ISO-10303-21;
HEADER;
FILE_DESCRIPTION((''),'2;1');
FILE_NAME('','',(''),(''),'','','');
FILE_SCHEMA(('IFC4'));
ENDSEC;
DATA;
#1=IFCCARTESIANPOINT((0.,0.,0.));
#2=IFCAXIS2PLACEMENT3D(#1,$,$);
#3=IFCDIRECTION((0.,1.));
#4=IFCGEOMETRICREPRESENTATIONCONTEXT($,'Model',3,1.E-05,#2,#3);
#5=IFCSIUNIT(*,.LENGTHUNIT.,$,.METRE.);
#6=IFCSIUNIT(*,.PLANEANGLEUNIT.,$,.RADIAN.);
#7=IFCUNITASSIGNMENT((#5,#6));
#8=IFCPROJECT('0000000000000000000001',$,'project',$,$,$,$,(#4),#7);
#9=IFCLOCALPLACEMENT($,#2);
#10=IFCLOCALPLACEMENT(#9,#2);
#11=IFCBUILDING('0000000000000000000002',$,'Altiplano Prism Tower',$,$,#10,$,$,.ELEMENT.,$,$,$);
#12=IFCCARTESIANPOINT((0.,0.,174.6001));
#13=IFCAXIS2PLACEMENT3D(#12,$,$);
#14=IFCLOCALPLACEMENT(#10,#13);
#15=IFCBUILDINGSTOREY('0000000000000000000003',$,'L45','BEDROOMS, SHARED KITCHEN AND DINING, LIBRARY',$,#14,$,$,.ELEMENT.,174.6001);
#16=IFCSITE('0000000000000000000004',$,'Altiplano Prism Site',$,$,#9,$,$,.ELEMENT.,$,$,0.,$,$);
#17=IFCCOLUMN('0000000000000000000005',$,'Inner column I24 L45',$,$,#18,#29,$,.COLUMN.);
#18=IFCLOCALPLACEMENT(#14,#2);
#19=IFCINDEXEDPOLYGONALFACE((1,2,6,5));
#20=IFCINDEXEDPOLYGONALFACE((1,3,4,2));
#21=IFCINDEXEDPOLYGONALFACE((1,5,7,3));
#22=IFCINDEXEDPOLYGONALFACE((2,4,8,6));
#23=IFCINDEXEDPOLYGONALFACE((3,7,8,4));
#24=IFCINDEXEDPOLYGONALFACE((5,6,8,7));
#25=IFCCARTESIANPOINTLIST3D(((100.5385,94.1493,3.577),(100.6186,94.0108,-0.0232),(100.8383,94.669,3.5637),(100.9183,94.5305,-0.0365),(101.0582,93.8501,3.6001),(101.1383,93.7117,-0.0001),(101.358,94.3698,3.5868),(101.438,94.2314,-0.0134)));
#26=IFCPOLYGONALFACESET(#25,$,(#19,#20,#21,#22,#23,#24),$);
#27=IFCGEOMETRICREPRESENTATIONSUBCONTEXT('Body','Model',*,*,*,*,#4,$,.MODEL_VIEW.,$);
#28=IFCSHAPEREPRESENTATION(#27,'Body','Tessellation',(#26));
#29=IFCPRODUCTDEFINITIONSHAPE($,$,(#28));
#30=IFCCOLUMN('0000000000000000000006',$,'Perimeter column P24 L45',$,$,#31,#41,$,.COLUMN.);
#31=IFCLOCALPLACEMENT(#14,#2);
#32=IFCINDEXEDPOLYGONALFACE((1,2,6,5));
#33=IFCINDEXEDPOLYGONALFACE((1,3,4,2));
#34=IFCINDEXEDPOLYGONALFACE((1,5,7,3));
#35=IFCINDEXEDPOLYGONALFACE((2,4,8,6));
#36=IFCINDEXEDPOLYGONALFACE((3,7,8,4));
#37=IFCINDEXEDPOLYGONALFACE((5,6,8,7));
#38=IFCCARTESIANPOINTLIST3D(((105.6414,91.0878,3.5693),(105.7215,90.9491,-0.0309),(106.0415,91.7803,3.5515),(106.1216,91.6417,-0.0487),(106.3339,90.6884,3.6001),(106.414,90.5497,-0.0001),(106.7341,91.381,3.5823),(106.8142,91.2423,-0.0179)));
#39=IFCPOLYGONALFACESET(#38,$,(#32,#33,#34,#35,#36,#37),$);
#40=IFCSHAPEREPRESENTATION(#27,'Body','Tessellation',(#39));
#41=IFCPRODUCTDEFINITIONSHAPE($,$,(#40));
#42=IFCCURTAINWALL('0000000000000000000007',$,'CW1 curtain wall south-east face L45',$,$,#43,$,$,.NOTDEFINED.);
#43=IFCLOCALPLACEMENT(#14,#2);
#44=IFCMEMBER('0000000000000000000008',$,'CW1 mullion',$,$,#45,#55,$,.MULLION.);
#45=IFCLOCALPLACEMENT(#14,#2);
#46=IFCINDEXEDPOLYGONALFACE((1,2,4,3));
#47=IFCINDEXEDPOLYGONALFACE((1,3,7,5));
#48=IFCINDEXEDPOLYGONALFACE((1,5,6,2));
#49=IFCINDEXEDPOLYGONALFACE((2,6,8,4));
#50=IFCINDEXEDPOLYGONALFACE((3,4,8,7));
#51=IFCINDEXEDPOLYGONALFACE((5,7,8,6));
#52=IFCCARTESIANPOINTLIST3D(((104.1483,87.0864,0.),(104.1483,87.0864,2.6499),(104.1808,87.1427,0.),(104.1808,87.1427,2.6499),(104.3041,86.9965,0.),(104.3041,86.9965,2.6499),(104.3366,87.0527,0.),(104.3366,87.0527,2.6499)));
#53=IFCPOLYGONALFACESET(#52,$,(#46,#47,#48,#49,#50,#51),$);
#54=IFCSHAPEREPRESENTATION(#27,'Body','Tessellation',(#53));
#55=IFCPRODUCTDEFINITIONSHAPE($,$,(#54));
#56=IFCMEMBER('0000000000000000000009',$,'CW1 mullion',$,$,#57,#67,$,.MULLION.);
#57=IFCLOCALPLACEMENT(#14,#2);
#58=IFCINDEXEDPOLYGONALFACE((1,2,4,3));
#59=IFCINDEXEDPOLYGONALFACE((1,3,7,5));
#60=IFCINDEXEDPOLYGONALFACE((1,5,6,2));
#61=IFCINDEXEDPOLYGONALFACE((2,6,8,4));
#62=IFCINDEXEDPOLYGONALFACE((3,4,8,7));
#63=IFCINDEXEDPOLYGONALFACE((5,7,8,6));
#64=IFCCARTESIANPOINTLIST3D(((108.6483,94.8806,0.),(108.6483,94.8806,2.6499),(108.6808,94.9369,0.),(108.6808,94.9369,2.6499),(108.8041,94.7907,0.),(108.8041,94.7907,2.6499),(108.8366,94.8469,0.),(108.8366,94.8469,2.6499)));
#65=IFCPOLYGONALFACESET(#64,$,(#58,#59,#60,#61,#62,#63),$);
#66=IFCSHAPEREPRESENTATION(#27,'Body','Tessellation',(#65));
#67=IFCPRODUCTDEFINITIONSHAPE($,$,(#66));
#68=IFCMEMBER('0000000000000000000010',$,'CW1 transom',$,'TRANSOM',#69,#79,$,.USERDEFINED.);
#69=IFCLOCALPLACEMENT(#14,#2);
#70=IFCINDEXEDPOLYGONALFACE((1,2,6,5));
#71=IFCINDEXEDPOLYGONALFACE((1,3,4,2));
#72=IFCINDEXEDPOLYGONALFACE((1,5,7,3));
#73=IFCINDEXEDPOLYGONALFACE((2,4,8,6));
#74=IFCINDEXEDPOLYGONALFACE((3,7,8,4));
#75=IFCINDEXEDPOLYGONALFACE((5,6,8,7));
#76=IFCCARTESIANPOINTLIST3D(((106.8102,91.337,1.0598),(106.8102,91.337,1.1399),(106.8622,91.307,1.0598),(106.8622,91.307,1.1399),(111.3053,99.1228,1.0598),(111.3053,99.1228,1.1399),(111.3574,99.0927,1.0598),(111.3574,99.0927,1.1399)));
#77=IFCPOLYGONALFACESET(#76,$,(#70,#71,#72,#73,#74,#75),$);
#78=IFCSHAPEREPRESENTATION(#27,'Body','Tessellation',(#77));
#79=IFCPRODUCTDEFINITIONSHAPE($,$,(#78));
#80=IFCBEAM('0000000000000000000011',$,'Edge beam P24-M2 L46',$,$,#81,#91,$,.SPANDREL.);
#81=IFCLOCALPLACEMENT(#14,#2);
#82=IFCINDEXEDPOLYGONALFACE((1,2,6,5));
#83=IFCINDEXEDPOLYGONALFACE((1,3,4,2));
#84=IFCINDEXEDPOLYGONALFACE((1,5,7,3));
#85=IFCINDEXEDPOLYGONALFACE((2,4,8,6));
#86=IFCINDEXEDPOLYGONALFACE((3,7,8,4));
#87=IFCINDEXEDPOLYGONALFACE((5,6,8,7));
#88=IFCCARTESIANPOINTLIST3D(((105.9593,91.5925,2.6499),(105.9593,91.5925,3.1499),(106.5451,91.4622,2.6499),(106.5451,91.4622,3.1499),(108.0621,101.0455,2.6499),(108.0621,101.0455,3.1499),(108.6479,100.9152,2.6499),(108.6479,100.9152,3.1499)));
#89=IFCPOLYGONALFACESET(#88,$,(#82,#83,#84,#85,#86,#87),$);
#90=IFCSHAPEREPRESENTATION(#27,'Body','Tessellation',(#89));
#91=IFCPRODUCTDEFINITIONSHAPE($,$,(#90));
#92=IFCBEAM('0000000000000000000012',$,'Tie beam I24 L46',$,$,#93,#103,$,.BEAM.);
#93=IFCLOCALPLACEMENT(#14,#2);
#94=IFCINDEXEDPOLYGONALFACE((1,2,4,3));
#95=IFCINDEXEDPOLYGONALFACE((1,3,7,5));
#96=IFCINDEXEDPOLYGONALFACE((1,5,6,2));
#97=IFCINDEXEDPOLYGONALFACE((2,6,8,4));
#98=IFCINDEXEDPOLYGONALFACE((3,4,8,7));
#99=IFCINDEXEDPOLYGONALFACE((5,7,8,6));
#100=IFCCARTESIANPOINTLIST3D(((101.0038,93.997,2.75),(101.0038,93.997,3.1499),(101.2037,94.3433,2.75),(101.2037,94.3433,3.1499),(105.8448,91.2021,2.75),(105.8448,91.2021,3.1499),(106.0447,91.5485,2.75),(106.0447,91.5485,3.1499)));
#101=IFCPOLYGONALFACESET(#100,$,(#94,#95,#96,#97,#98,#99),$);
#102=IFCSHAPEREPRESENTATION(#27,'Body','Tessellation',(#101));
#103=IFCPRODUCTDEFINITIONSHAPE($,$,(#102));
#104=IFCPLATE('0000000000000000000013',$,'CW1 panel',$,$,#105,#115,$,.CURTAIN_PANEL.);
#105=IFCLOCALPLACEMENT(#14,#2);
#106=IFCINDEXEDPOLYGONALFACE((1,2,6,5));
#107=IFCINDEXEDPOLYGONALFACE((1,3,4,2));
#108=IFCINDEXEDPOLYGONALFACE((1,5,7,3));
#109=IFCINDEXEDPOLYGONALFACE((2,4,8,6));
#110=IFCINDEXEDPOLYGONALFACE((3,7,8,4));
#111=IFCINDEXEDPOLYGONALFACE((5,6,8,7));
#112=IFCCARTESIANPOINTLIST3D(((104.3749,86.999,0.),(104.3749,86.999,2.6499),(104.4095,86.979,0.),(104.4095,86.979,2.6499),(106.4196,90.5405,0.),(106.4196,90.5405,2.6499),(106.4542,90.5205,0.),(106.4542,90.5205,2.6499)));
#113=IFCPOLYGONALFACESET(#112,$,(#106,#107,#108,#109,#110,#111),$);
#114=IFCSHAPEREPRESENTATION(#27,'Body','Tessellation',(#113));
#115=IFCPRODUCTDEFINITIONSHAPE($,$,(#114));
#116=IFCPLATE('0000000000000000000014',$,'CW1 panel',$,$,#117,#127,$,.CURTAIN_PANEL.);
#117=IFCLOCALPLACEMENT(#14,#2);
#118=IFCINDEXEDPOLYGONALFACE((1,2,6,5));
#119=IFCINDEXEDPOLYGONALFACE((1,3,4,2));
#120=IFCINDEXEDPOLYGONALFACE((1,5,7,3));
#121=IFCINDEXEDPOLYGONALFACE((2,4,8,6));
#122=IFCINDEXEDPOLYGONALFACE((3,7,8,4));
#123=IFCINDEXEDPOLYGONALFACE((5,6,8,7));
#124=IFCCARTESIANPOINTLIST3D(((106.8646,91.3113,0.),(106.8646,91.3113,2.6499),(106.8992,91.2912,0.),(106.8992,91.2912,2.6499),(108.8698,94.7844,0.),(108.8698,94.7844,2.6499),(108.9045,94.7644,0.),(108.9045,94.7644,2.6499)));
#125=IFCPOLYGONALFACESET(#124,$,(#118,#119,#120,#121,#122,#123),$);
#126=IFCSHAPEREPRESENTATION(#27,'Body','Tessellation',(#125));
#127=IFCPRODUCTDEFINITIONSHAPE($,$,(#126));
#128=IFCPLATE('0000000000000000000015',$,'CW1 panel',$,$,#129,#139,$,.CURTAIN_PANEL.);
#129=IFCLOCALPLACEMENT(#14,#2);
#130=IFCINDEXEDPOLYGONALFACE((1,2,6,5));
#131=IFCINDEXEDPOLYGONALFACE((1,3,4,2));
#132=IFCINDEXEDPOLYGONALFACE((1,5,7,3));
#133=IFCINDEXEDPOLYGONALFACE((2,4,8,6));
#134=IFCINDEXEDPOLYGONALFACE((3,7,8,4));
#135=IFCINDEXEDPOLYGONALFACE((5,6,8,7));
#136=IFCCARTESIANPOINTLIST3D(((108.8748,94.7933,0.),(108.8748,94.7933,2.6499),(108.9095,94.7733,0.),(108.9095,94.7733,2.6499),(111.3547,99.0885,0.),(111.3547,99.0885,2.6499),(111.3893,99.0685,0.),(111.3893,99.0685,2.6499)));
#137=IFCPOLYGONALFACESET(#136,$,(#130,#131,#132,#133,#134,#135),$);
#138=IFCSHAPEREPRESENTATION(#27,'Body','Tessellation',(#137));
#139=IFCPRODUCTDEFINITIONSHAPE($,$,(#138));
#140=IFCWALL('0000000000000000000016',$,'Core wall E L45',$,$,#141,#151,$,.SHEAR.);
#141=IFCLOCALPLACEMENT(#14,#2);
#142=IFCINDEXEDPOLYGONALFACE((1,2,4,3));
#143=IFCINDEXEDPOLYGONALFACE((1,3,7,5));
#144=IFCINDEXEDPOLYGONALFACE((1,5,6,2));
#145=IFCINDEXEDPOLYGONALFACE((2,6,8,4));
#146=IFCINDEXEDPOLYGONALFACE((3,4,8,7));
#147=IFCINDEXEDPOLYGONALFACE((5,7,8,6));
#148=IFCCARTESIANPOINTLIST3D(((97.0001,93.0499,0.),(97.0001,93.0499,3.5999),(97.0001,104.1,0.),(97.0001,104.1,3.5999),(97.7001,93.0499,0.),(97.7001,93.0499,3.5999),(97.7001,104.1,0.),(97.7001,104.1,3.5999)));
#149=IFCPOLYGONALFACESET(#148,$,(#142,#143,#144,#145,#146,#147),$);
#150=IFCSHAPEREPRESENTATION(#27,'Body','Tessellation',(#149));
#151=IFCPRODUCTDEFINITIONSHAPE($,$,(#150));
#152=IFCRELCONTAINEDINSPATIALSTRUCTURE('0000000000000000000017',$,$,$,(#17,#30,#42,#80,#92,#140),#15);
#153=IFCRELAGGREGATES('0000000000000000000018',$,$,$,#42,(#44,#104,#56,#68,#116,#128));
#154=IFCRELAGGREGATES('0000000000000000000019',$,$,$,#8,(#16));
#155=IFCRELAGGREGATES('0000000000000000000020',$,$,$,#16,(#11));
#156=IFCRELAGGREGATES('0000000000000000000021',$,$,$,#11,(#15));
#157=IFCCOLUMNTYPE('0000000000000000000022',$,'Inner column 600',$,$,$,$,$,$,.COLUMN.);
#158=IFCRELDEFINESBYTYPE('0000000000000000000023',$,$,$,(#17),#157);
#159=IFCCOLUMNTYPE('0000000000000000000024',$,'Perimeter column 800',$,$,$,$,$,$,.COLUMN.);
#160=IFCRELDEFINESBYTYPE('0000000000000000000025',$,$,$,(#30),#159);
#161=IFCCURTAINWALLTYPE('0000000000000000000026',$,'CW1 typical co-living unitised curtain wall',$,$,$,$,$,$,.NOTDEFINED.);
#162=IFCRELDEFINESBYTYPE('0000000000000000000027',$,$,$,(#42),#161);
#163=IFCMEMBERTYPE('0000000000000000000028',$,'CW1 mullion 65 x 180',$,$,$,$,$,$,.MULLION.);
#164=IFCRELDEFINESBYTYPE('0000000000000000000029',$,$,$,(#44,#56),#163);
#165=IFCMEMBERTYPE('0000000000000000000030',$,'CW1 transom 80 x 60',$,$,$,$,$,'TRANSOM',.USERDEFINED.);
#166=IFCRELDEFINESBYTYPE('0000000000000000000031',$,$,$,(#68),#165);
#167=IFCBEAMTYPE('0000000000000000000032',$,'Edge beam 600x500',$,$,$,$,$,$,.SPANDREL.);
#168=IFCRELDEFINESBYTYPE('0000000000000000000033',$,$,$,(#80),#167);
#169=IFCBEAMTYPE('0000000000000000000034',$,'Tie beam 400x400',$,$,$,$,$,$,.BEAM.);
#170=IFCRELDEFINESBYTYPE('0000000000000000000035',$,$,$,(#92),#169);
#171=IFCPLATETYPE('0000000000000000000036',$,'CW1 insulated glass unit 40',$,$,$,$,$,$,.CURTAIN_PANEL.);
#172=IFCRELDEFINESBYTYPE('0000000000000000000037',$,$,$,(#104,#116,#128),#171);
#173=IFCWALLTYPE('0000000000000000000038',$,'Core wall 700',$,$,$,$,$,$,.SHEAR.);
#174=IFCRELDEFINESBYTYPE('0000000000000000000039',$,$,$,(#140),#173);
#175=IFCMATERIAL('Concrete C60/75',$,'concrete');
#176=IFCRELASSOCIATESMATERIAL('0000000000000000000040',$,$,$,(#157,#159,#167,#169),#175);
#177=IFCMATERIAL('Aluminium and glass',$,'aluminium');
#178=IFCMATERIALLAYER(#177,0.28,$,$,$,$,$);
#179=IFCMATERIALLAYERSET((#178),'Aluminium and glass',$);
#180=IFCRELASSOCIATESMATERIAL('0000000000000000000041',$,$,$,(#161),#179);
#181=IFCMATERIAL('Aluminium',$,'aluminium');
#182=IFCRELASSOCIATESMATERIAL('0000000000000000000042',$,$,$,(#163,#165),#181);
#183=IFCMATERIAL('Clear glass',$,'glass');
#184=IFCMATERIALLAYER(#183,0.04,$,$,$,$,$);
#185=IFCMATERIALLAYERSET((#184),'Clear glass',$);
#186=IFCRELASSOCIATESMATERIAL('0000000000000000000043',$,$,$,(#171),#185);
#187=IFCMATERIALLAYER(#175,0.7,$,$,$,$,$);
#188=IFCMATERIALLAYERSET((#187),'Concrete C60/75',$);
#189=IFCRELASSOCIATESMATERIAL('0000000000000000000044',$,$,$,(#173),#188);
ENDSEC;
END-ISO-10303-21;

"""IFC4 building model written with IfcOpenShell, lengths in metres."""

from ifc_helpers import new_model, si_unit, direction, frame, frame_2d, origin, origin_2d, place, context, subcontext, project, spatial, rectangle, extrude, material, layer, layer_set, material_profile, profile_set, type_object, element, aggregate, save


model = new_model("IFC4")

# Units and contexts
model_context = context("Model", 3, precision=1e-05, world=origin(), true_north=direction((0.0, 1.0)))
body_context = subcontext(model_context, "Body", "Model", "MODEL_VIEW")
ifc_project = project(units=[si_unit("LENGTHUNIT", "METRE"), si_unit("PLANEANGLEUNIT", "RADIAN")], contexts=[model_context])

# Site, building, storey
site_placement = place(None, origin())
site = spatial("IfcSite", under=ifc_project, at=site_placement, Name="Altiplano Prism Site", CompositionType="ELEMENT", RefElevation=0.0)
building_placement = place(site_placement, origin())
building = spatial("IfcBuilding", under=site, at=building_placement, Name="Altiplano Prism Tower", CompositionType="ELEMENT")
storey_placement = place(building_placement, frame((0.0, 0.0, 174.6001)))
storey = spatial("IfcBuildingStorey", under=building, at=storey_placement, Name="L45", Description="BEDROOMS, SHARED KITCHEN AND DINING, LIBRARY", CompositionType="ELEMENT", Elevation=174.6001)

# Columns
ifc_material_1 = material(Name="Concrete C60/75", Category="concrete")
ifc_material_profile_1 = material_profile(ifc_material_1, rectangle(XDim=0.6001, YDim=0.6001, at=origin_2d()), Name="Inner column 600")
ifc_profile_set_1 = profile_set([ifc_material_profile_1], Name="Concrete C60/75")
column_type_1 = type_object("IfcColumnType", Name="Inner column 600", PredefinedType="COLUMN", material=ifc_profile_set_1)
column_1_placement = place(storey_placement, frame((101.0283, 94.1211, -0.0183), z_axis=(-0.022221, 0.038413, 0.999015), x_axis=(-0.499506, -0.866026, 0.022189)))
element("IfcColumn", 1, at=column_1_placement, inside=storey, type_object=column_type_1, Name="Inner column I24 L45", PredefinedType="COLUMN", context=body_context, shape_type="SweptSolid", body=[
    extrude(rectangle(XDim=0.6001, YDim=0.6001, at=origin_2d()), origin(), (0.0, 0.0, 1.0), 3.6038),
])
ifc_material_profile_2 = material_profile(ifc_material_1, rectangle(XDim=0.8, YDim=0.8, at=origin_2d()), Name="Perimeter column 800")
ifc_profile_set_2 = profile_set([ifc_material_profile_2], Name="Concrete C60/75")
column_type_2 = type_object("IfcColumnType", Name="Perimeter column 800", PredefinedType="COLUMN", material=ifc_profile_set_2)
column_2_placement = place(storey_placement, frame((106.2678, 91.0957, -0.0244), z_axis=(-0.022221, 0.038481, 0.999012), x_axis=(-0.500167, -0.865644, 0.022218)))
element("IfcColumn", 2, at=column_2_placement, inside=storey, type_object=column_type_2, Name="Perimeter column P24 L45", PredefinedType="COLUMN", context=body_context, shape_type="SweptSolid", body=[
    extrude(rectangle(XDim=0.8, YDim=0.8, at=origin_2d()), origin(), (0.0, 0.0, 1.0), 3.6038),
])

# Curtain wall, members
ifc_material_2 = material(Name="Aluminium and glass", Category="aluminium")
ifc_layer_1 = layer(ifc_material_2, 0.28)
ifc_layer_set_1 = layer_set([ifc_layer_1], Name="Aluminium and glass")
curtain_wall_type = type_object("IfcCurtainWallType", Name="CW1 typical co-living unitised curtain wall", PredefinedType="NOTDEFINED", material=ifc_layer_set_1)
curtain_wall_placement = place(storey_placement, origin())
curtain_wall = element("IfcCurtainWall", 3, at=curtain_wall_placement, inside=storey, type_object=curtain_wall_type, Name="CW1 curtain wall south-east face L45", PredefinedType="NOTDEFINED")
ifc_material_3 = material(Name="Aluminium", Category="aluminium")
ifc_material_profile_3 = material_profile(ifc_material_3, rectangle(XDim=0.1799, YDim=0.0649, at=origin_2d()), Name="CW1 mullion 65 x 180")
ifc_profile_set_3 = profile_set([ifc_material_profile_3], Name="Aluminium")
member_type_1 = type_object("IfcMemberType", Name="CW1 mullion 65 x 180", PredefinedType="MULLION", material=ifc_profile_set_3)
member_1_placement = place(storey_placement, frame((104.2424, 87.0696, 0.0), z_axis=(0.0, 0.0, 1.0), x_axis=(-0.866025, 0.5, 0.0)))
member_1 = element("IfcMember", 4, at=member_1_placement, type_object=member_type_1, Name="CW1 mullion", PredefinedType="MULLION", context=body_context, shape_type="SweptSolid", body=[
    extrude(rectangle(XDim=0.1799, YDim=0.0649, at=origin_2d()), origin(), (0.0, 0.0, 1.0), 2.6499),
])
member_2_placement = place(storey_placement, frame((108.7424, 94.8638, 0.0), z_axis=(0.0, 0.0, 1.0), x_axis=(-0.866025, 0.5, 0.0)))
member_2 = element("IfcMember", 5, at=member_2_placement, type_object=member_type_1, Name="CW1 mullion", PredefinedType="MULLION", context=body_context, shape_type="SweptSolid", body=[
    extrude(rectangle(XDim=0.1799, YDim=0.0649, at=origin_2d()), origin(), (0.0, 0.0, 1.0), 2.6499),
])
ifc_material_profile_4 = material_profile(ifc_material_3, rectangle(XDim=0.0601, YDim=0.0801, at=origin_2d()), Name="CW1 transom 80 x 60")
ifc_profile_set_4 = profile_set([ifc_material_profile_4], Name="Aluminium")
member_type_2 = type_object("IfcMemberType", Name="CW1 transom 80 x 60", ElementType="TRANSOM", PredefinedType="USERDEFINED", material=ifc_profile_set_4)
member_3_placement = place(storey_placement, frame((106.8362, 91.322, 1.0999), z_axis=(0.500006, 0.866022, 0.0), x_axis=(-0.866022, 0.500006, 0.0)))
member_3 = element("IfcMember", 6, at=member_3_placement, type_object=member_type_2, Name="CW1 transom", ObjectType="TRANSOM", PredefinedType="USERDEFINED", context=body_context, shape_type="SweptSolid", body=[
    extrude(rectangle(XDim=0.0601, YDim=0.0801, at=origin_2d()), origin(), (0.0, 0.0, 1.0), 8.9902),
])

# Beams
ifc_material_profile_5 = material_profile(ifc_material_1, rectangle(XDim=0.6001, YDim=0.5, at=origin_2d()), Name="Edge beam 600x500")
ifc_profile_set_5 = profile_set([ifc_material_profile_5], Name="Concrete C60/75")
beam_type_1 = type_object("IfcBeamType", Name="Edge beam 600x500", PredefinedType="SPANDREL", material=ifc_profile_set_5)
beam_1_placement = place(storey_placement, frame((106.2522, 91.5273, 2.8999), z_axis=(0.217136, 0.976141, 0.0), x_axis=(-0.976141, 0.217136, 0.0)))
element("IfcBeam", 7, at=beam_1_placement, inside=storey, type_object=beam_type_1, Name="Edge beam P24-M2 L46", PredefinedType="SPANDREL", context=body_context, shape_type="SweptSolid", body=[
    extrude(rectangle(XDim=0.6001, YDim=0.5, at=origin_2d()), origin(), (0.0, 0.0, 1.0), 9.6841),
])
ifc_material_profile_6 = material_profile(ifc_material_1, rectangle(XDim=0.3999, YDim=0.3999, at=origin_2d()), Name="Tie beam 400x400")
ifc_profile_set_6 = profile_set([ifc_material_profile_6], Name="Concrete C60/75")
beam_type_2 = type_object("IfcBeamType", Name="Tie beam 400x400", PredefinedType="BEAM", material=ifc_profile_set_6)
beam_2_placement = place(storey_placement, frame((101.1038, 94.1702, 2.95), z_axis=(0.866031, -0.499991, 0.0), x_axis=(0.499991, 0.866031, 0.0)))
element("IfcBeam", 8, at=beam_2_placement, inside=storey, type_object=beam_type_2, Name="Tie beam I24 L46", PredefinedType="BEAM", context=body_context, shape_type="SweptSolid", body=[
    extrude(rectangle(XDim=0.3999, YDim=0.3999, at=origin_2d()), origin(), (0.0, 0.0, 1.0), 5.5898),
])

# Plates
ifc_material_4 = material(Name="Clear glass", Category="glass")
ifc_layer_2 = layer(ifc_material_4, 0.04)
ifc_layer_set_2 = layer_set([ifc_layer_2], Name="Clear glass")
plate_type = type_object("IfcPlateType", Name="CW1 insulated glass unit 40", PredefinedType="CURTAIN_PANEL", material=ifc_layer_set_2)
plate_1_placement = place(storey_placement, frame((105.4146, 88.7598, 0.0), z_axis=(0.0, 0.0, 1.0), x_axis=(0.5, 0.866025, 0.0)))
plate_1 = element("IfcPlate", 9, at=plate_1_placement, type_object=plate_type, Name="CW1 panel", PredefinedType="CURTAIN_PANEL", context=body_context, shape_type="SweptSolid", body=[
    extrude(rectangle(XDim=4.0894, YDim=0.04, at=origin_2d()), origin(), (0.0, 0.0, 1.0), 2.6499),
])
plate_2_placement = place(storey_placement, frame((107.8845, 93.0378, 0.0), z_axis=(0.0, 0.0, 1.0), x_axis=(0.5, 0.866025, 0.0)))
plate_2 = element("IfcPlate", 10, at=plate_2_placement, type_object=plate_type, Name="CW1 panel", PredefinedType="CURTAIN_PANEL", context=body_context, shape_type="SweptSolid", body=[
    extrude(rectangle(XDim=4.0105, YDim=0.04, at=origin_2d()), origin(), (0.0, 0.0, 1.0), 2.6499),
])
plate_3_placement = place(storey_placement, frame((110.1321, 96.9309, 0.0), z_axis=(0.0, 0.0, 1.0), x_axis=(0.5, 0.866025, 0.0)))
plate_3 = element("IfcPlate", 11, at=plate_3_placement, type_object=plate_type, Name="CW1 panel", PredefinedType="CURTAIN_PANEL", context=body_context, shape_type="SweptSolid", body=[
    extrude(rectangle(XDim=4.9597, YDim=0.04, at=origin_2d()), origin(), (0.0, 0.0, 1.0), 2.6499),
])
aggregate(curtain_wall, [member_1, plate_1, member_2, member_3, plate_2, plate_3])

# Wall
ifc_layer_3 = layer(ifc_material_1, 0.7)
ifc_layer_set_3 = layer_set([ifc_layer_3], Name="Concrete C60/75")
wall_type_1 = type_object("IfcWallType", Name="Core wall 700", PredefinedType="SHEAR", material=ifc_layer_set_3)
wall_1_placement = place(storey_placement, frame((97.3501, 93.05, 0.0), z_axis=(0.0, 0.0, 1.0), x_axis=(0.0, 1.0, 0.0)))
element("IfcWall", 12, at=wall_1_placement, inside=storey, type_object=wall_type_1, Name="Core wall E L45", PredefinedType="SHEAR", context=body_context, shape_type="SweptSolid", body=[
    extrude(rectangle(XDim=11.05, YDim=0.7, at=frame_2d((5.5249, 0.0))), origin(), (0.0, 0.0, 1.0), 3.5999),
])

save(model, "model.ifc")
